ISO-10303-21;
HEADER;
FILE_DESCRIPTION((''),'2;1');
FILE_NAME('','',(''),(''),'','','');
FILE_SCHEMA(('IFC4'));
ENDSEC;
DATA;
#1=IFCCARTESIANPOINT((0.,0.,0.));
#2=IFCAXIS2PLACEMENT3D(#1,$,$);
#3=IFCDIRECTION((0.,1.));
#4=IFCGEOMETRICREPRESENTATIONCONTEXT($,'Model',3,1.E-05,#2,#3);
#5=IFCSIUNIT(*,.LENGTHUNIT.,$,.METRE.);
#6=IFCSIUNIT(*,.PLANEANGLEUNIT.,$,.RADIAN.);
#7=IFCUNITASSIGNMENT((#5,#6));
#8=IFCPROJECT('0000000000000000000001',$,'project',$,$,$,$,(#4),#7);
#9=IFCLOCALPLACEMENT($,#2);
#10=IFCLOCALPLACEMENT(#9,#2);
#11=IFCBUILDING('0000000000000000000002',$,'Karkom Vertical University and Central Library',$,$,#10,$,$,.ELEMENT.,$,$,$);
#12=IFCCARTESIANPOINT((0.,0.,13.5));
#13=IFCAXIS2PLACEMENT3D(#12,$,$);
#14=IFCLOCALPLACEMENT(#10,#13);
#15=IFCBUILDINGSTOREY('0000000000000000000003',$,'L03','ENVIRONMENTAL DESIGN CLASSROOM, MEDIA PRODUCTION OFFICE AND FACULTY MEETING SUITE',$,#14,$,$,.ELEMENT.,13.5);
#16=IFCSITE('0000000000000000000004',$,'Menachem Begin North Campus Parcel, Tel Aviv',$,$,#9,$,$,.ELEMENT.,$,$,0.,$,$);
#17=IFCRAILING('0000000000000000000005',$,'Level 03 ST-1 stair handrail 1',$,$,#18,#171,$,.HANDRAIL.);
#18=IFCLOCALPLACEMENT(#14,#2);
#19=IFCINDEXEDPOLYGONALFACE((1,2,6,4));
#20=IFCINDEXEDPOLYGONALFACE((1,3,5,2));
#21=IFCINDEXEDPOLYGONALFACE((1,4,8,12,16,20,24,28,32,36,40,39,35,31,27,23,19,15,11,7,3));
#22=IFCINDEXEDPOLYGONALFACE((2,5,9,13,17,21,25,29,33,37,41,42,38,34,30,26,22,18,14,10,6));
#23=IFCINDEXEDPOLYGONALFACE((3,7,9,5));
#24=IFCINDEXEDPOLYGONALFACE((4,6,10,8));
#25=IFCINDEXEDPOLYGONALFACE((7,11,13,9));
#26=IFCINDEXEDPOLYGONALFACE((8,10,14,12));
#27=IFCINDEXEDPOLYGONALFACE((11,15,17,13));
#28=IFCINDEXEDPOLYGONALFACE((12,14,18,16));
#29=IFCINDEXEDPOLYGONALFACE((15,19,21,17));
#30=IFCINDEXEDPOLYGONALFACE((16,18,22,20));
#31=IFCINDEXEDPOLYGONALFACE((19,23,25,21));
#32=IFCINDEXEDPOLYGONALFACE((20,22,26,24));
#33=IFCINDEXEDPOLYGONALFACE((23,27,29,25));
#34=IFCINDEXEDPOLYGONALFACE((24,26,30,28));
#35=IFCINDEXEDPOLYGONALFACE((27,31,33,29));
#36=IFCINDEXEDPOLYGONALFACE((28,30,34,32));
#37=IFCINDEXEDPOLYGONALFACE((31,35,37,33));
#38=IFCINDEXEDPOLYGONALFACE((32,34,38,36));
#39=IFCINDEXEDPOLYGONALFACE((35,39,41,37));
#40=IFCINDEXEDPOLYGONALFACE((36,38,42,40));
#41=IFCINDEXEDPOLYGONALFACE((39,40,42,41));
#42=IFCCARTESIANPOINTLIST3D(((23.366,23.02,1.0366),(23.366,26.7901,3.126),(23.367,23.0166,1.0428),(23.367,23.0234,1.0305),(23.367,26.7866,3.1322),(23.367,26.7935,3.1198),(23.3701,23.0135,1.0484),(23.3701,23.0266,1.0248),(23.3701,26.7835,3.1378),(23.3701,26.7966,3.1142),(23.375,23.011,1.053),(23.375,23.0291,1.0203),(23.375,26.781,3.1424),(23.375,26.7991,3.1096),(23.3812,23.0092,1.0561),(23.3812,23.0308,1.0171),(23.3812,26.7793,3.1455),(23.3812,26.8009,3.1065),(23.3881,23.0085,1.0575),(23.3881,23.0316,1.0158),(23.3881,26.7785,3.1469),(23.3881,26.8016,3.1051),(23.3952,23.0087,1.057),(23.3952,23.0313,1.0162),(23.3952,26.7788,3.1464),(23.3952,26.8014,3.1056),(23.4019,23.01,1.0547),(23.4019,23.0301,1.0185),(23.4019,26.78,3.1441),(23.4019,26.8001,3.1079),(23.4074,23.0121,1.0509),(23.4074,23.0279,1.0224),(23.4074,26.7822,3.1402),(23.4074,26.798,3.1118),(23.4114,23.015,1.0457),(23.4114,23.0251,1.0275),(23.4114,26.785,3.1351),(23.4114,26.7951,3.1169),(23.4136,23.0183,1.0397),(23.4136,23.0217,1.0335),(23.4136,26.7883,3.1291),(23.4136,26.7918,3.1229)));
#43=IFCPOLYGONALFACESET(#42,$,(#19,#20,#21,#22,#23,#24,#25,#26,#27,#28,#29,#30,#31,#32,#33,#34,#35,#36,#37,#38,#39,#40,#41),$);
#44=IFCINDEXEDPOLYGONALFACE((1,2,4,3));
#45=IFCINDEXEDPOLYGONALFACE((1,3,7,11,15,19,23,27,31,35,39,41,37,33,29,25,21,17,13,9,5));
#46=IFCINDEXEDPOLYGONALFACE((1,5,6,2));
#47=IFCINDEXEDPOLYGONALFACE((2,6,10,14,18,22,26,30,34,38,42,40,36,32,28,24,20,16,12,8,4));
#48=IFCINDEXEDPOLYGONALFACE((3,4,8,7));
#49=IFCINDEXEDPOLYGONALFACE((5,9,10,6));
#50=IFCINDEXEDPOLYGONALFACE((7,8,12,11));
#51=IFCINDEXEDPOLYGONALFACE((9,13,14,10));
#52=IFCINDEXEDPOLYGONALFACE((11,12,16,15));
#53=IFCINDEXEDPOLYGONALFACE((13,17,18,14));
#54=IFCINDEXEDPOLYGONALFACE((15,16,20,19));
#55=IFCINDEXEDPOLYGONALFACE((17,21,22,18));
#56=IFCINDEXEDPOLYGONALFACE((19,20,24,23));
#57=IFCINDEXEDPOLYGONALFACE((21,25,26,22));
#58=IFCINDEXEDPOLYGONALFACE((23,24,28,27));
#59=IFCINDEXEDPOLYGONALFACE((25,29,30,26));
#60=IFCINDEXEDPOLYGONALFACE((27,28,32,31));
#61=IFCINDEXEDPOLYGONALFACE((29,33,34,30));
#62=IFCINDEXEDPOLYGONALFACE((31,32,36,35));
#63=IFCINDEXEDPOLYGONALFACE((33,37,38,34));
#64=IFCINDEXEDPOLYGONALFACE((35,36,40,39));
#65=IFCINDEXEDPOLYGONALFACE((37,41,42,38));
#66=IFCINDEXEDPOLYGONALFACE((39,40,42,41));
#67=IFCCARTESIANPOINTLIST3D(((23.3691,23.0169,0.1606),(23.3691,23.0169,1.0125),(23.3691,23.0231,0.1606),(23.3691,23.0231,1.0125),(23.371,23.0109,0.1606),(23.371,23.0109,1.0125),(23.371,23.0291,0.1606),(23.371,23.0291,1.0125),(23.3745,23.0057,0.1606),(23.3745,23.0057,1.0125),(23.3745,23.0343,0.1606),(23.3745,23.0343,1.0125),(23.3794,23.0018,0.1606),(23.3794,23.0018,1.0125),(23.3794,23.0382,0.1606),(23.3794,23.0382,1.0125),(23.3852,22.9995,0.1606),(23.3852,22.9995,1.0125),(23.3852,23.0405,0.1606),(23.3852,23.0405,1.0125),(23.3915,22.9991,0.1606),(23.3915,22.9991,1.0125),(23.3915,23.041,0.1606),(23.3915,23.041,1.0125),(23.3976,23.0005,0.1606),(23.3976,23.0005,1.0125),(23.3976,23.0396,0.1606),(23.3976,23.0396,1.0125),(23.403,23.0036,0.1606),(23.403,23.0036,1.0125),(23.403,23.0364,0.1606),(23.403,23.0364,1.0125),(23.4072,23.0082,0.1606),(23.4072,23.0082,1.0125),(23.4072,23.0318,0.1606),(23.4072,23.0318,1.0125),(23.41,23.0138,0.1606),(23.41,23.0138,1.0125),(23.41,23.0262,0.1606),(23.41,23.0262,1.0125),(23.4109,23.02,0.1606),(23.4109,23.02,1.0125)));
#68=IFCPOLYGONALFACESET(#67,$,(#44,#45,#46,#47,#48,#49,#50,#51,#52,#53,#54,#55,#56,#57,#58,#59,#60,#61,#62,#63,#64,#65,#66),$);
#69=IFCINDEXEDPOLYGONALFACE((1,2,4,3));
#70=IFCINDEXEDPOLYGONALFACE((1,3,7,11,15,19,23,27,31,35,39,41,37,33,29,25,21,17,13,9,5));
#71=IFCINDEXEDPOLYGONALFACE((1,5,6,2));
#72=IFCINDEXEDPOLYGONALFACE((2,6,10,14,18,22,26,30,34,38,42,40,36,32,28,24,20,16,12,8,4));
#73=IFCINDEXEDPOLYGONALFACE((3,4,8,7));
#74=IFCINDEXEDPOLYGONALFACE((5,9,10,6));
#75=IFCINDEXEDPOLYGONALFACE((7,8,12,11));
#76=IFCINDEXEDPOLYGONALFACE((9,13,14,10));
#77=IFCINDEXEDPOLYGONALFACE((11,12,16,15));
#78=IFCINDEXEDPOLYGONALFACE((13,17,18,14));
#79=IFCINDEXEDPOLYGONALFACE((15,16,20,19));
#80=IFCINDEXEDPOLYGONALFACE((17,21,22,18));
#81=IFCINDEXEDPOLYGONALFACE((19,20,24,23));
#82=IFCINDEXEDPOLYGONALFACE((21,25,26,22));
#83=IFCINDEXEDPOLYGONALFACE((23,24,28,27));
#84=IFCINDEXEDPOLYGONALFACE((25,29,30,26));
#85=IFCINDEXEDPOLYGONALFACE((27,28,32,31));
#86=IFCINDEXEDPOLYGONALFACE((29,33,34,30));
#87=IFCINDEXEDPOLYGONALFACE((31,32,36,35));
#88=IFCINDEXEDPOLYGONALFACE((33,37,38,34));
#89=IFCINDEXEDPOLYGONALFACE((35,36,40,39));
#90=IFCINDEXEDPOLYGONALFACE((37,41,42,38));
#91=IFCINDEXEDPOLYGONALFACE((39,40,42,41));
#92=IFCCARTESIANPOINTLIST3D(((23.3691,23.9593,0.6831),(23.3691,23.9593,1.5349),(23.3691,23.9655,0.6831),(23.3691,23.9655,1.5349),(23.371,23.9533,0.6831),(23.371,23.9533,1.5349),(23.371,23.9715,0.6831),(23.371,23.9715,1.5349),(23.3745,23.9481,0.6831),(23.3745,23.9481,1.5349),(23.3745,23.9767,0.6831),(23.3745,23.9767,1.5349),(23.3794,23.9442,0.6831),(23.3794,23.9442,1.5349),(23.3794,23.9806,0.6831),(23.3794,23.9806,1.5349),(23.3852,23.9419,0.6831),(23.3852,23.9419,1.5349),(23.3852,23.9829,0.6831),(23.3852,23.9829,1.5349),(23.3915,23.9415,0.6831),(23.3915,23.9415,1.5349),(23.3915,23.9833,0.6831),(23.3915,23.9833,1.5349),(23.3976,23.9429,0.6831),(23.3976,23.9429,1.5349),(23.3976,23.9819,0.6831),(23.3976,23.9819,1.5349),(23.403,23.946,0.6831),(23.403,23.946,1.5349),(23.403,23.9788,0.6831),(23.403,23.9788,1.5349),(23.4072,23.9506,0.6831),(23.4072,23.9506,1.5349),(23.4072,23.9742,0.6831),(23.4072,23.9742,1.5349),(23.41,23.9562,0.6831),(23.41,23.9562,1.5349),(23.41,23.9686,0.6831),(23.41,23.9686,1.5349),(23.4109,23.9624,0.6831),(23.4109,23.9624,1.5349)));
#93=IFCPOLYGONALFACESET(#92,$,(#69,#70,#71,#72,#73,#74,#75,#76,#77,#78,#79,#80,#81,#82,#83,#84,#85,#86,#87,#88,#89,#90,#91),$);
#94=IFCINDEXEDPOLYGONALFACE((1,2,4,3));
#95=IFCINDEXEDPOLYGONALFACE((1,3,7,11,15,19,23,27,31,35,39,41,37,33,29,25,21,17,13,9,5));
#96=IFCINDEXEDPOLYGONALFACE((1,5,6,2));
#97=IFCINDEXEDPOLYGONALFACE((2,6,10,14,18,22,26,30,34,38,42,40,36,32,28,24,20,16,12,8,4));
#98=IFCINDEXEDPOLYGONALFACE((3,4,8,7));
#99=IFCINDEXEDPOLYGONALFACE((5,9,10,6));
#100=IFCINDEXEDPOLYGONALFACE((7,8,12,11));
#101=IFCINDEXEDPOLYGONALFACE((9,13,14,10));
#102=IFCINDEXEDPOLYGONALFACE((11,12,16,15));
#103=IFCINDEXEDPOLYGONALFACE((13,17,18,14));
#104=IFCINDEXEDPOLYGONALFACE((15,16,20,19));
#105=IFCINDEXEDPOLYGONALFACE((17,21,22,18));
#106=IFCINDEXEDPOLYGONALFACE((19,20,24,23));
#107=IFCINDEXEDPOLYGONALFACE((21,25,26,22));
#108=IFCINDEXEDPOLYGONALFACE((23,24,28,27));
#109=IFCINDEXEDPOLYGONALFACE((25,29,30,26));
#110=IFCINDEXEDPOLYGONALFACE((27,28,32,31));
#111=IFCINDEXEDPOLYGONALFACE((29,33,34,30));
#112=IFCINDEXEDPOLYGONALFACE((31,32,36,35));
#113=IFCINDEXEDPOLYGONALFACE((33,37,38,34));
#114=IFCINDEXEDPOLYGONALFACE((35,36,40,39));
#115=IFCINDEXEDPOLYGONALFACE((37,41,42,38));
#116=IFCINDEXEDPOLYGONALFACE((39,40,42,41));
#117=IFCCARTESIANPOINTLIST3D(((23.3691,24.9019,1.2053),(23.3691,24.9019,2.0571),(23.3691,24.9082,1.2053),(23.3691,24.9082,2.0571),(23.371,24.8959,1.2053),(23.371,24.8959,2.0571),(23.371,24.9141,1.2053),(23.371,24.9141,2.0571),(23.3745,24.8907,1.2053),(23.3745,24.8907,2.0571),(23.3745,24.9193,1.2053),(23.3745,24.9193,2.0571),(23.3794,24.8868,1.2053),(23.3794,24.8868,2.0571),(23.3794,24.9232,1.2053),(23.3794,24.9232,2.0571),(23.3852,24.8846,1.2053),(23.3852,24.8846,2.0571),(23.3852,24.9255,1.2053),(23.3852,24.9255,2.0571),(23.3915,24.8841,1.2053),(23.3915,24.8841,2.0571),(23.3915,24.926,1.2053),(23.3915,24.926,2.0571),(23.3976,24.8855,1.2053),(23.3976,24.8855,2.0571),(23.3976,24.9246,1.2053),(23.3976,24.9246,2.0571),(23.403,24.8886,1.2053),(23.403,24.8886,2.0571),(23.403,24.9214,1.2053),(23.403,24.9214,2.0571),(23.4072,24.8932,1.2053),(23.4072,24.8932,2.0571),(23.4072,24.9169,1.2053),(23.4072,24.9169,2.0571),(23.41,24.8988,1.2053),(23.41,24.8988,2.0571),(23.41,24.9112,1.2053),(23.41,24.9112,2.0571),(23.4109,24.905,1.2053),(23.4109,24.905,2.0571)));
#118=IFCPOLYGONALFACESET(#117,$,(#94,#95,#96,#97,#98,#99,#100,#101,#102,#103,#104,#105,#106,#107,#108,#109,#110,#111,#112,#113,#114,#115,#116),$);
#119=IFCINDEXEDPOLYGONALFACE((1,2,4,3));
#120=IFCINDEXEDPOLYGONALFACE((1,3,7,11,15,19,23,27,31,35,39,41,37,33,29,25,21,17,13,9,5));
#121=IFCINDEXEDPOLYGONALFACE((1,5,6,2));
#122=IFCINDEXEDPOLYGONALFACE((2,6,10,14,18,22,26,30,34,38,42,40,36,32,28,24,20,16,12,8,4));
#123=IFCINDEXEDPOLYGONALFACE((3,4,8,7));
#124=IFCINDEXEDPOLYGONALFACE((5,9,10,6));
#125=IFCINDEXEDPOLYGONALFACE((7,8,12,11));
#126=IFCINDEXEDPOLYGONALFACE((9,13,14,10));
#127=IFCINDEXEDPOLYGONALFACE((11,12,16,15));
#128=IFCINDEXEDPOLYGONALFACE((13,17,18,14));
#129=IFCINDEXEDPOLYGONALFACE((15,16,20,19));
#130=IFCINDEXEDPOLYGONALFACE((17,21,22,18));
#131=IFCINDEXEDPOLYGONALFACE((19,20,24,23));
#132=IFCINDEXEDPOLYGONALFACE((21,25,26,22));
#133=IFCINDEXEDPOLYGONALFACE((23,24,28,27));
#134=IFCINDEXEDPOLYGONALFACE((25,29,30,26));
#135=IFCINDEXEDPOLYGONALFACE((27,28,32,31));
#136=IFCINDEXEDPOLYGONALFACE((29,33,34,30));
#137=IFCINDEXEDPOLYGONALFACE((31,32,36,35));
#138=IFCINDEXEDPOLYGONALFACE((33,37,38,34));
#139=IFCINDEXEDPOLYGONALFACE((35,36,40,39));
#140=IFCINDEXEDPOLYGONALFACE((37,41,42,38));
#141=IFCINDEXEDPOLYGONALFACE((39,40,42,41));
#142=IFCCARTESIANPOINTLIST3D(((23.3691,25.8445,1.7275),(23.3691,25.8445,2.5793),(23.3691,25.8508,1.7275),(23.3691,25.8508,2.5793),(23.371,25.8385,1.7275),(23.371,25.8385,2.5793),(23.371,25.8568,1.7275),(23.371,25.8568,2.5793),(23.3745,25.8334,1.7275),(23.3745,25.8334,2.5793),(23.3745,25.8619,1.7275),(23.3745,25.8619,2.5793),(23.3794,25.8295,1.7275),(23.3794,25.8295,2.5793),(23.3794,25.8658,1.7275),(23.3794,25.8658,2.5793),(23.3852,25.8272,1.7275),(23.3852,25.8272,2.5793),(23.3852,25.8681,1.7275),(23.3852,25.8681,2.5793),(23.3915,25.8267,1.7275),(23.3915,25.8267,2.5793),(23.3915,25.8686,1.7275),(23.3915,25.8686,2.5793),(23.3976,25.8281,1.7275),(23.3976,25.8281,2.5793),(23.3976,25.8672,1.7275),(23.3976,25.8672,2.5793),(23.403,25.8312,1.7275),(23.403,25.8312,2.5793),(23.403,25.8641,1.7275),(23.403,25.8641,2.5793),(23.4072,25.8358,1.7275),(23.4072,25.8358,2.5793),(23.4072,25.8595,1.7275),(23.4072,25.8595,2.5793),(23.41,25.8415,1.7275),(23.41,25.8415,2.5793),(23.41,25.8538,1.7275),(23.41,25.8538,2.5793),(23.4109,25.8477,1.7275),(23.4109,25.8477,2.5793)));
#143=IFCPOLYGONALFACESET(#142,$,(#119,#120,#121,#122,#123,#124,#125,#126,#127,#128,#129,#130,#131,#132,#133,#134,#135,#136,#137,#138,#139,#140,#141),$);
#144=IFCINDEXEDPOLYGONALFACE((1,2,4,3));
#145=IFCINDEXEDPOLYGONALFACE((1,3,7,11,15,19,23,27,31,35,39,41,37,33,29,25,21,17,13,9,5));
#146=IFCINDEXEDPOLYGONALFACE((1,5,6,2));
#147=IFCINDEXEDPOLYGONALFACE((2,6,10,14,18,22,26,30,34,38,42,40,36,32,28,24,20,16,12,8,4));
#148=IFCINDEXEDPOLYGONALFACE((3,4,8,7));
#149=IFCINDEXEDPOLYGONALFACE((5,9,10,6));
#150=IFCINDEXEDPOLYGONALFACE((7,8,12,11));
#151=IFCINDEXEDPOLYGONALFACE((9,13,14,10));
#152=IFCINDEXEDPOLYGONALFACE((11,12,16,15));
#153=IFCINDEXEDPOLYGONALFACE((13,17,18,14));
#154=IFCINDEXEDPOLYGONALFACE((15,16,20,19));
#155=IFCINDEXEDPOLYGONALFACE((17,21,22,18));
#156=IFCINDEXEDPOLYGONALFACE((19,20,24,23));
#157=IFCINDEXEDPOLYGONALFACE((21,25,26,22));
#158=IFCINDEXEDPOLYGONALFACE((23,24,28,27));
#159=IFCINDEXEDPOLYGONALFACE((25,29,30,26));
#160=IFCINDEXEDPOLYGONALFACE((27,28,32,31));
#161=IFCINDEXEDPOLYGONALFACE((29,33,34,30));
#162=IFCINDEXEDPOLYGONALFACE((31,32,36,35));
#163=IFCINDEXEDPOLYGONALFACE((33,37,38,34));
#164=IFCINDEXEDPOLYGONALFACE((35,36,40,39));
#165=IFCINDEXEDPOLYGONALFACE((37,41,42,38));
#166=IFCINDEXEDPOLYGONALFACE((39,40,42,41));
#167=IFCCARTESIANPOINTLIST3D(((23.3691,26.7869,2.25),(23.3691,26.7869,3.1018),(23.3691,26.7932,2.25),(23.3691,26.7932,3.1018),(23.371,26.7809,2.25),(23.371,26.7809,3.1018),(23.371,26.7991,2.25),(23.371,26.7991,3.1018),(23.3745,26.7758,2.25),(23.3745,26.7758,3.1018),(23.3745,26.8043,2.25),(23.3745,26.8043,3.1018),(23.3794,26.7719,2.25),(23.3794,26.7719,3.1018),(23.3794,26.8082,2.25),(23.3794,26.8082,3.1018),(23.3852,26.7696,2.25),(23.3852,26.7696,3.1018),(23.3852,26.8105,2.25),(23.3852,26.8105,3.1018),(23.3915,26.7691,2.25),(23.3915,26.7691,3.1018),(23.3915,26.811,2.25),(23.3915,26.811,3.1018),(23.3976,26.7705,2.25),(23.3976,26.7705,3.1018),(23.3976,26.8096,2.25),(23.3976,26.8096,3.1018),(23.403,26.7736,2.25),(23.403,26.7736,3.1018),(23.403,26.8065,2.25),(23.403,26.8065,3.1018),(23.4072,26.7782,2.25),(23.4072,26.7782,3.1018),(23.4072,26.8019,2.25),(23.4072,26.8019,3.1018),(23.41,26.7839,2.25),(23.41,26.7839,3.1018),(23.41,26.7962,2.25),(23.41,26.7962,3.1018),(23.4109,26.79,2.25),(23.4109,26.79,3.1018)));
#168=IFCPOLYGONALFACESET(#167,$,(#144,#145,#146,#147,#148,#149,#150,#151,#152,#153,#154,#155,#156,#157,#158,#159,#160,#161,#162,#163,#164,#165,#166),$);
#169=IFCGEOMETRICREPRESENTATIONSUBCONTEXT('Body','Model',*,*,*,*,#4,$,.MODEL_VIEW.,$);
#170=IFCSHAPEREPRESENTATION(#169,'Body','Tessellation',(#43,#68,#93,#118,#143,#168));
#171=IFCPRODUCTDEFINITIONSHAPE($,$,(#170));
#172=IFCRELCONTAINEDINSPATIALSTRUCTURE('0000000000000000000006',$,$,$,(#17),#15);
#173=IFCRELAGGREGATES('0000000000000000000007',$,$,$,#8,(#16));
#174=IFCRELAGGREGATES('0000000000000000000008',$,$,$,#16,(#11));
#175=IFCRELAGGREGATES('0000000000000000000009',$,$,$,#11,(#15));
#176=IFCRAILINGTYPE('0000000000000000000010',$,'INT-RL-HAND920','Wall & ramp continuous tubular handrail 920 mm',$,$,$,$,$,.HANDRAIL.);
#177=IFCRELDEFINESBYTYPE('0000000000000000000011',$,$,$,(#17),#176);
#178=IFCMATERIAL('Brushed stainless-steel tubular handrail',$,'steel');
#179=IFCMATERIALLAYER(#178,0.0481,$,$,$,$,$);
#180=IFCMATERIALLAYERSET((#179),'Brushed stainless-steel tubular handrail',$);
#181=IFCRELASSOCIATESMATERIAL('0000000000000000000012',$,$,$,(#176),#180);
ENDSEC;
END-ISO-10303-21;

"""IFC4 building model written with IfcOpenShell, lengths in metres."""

from ifc_helpers import new_model, si_unit, direction, frame, origin, origin_2d, place, context, subcontext, project, spatial, circle, extrude, material, layer, layer_set, type_object, element, save


model = new_model("IFC4")

# Units and contexts
model_context = context("Model", 3, precision=1e-05, world=origin(), true_north=direction((0.0, 1.0)))
body_context = subcontext(model_context, "Body", "Model", "MODEL_VIEW")
ifc_project = project(units=[si_unit("LENGTHUNIT", "METRE"), si_unit("PLANEANGLEUNIT", "RADIAN")], contexts=[model_context])

# Site, building, storey
site_placement = place(None, origin())
site = spatial("IfcSite", under=ifc_project, at=site_placement, Name="Menachem Begin North Campus Parcel, Tel Aviv", CompositionType="ELEMENT", RefElevation=0.0)
building_placement = place(site_placement, origin())
building = spatial("IfcBuilding", under=site, at=building_placement, Name="Karkom Vertical University and Central Library", CompositionType="ELEMENT")
storey_placement = place(building_placement, frame((0.0, 0.0, 13.5)))
storey = spatial("IfcBuildingStorey", under=building, at=storey_placement, Name="L03", Description="ENVIRONMENTAL DESIGN CLASSROOM, MEDIA PRODUCTION OFFICE AND FACULTY MEETING SUITE", CompositionType="ELEMENT", Elevation=13.5)

# Railing
ifc_material_1 = material(Name="Brushed stainless-steel tubular handrail", Category="steel")
ifc_layer_1 = layer(ifc_material_1, 0.0481)
ifc_layer_set_1 = layer_set([ifc_layer_1], Name="Brushed stainless-steel tubular handrail")
railing_type_1 = type_object("IfcRailingType", Name="INT-RL-HAND920", Description="Wall & ramp continuous tubular handrail 920 mm", PredefinedType="HANDRAIL", material=ifc_layer_set_1)
railing_1_placement = place(storey_placement, frame((23.3899, 23.02, 0.1606)))
element("IfcRailing", 1, at=railing_1_placement, inside=storey, type_object=railing_type_1, Name="Level 03 ST-1 stair handrail 1", PredefinedType="HANDRAIL", context=body_context, shape_type="SweptSolid", body=[
    extrude(circle(Radius=0.0239, at=origin_2d()), frame((0.0, 0.0, 0.876), z_axis=(0.0, 0.874659, 0.484739), x_axis=(-1.0, 0.0, 0.0)), (0.0, 0.0, 1.0), 4.3103),
    extrude(circle(Radius=0.021, at=origin_2d()), origin(), (0.0, 0.0, 1.0), 0.8518),
    extrude(circle(Radius=0.021, at=origin_2d()), frame((0.0, 0.9424, 0.5225)), (0.0, 0.0, 1.0), 0.8518),
    extrude(circle(Radius=0.021, at=origin_2d()), frame((0.0, 1.885, 1.0447)), (0.0, 0.0, 1.0), 0.8518),
    extrude(circle(Radius=0.021, at=origin_2d()), frame((0.0, 2.8276, 1.5669)), (0.0, 0.0, 1.0), 0.8518),
    extrude(circle(Radius=0.021, at=origin_2d()), frame((0.0, 3.77, 2.0894)), (0.0, 0.0, 1.0), 0.8518),
])

save(model, "model.ifc")
